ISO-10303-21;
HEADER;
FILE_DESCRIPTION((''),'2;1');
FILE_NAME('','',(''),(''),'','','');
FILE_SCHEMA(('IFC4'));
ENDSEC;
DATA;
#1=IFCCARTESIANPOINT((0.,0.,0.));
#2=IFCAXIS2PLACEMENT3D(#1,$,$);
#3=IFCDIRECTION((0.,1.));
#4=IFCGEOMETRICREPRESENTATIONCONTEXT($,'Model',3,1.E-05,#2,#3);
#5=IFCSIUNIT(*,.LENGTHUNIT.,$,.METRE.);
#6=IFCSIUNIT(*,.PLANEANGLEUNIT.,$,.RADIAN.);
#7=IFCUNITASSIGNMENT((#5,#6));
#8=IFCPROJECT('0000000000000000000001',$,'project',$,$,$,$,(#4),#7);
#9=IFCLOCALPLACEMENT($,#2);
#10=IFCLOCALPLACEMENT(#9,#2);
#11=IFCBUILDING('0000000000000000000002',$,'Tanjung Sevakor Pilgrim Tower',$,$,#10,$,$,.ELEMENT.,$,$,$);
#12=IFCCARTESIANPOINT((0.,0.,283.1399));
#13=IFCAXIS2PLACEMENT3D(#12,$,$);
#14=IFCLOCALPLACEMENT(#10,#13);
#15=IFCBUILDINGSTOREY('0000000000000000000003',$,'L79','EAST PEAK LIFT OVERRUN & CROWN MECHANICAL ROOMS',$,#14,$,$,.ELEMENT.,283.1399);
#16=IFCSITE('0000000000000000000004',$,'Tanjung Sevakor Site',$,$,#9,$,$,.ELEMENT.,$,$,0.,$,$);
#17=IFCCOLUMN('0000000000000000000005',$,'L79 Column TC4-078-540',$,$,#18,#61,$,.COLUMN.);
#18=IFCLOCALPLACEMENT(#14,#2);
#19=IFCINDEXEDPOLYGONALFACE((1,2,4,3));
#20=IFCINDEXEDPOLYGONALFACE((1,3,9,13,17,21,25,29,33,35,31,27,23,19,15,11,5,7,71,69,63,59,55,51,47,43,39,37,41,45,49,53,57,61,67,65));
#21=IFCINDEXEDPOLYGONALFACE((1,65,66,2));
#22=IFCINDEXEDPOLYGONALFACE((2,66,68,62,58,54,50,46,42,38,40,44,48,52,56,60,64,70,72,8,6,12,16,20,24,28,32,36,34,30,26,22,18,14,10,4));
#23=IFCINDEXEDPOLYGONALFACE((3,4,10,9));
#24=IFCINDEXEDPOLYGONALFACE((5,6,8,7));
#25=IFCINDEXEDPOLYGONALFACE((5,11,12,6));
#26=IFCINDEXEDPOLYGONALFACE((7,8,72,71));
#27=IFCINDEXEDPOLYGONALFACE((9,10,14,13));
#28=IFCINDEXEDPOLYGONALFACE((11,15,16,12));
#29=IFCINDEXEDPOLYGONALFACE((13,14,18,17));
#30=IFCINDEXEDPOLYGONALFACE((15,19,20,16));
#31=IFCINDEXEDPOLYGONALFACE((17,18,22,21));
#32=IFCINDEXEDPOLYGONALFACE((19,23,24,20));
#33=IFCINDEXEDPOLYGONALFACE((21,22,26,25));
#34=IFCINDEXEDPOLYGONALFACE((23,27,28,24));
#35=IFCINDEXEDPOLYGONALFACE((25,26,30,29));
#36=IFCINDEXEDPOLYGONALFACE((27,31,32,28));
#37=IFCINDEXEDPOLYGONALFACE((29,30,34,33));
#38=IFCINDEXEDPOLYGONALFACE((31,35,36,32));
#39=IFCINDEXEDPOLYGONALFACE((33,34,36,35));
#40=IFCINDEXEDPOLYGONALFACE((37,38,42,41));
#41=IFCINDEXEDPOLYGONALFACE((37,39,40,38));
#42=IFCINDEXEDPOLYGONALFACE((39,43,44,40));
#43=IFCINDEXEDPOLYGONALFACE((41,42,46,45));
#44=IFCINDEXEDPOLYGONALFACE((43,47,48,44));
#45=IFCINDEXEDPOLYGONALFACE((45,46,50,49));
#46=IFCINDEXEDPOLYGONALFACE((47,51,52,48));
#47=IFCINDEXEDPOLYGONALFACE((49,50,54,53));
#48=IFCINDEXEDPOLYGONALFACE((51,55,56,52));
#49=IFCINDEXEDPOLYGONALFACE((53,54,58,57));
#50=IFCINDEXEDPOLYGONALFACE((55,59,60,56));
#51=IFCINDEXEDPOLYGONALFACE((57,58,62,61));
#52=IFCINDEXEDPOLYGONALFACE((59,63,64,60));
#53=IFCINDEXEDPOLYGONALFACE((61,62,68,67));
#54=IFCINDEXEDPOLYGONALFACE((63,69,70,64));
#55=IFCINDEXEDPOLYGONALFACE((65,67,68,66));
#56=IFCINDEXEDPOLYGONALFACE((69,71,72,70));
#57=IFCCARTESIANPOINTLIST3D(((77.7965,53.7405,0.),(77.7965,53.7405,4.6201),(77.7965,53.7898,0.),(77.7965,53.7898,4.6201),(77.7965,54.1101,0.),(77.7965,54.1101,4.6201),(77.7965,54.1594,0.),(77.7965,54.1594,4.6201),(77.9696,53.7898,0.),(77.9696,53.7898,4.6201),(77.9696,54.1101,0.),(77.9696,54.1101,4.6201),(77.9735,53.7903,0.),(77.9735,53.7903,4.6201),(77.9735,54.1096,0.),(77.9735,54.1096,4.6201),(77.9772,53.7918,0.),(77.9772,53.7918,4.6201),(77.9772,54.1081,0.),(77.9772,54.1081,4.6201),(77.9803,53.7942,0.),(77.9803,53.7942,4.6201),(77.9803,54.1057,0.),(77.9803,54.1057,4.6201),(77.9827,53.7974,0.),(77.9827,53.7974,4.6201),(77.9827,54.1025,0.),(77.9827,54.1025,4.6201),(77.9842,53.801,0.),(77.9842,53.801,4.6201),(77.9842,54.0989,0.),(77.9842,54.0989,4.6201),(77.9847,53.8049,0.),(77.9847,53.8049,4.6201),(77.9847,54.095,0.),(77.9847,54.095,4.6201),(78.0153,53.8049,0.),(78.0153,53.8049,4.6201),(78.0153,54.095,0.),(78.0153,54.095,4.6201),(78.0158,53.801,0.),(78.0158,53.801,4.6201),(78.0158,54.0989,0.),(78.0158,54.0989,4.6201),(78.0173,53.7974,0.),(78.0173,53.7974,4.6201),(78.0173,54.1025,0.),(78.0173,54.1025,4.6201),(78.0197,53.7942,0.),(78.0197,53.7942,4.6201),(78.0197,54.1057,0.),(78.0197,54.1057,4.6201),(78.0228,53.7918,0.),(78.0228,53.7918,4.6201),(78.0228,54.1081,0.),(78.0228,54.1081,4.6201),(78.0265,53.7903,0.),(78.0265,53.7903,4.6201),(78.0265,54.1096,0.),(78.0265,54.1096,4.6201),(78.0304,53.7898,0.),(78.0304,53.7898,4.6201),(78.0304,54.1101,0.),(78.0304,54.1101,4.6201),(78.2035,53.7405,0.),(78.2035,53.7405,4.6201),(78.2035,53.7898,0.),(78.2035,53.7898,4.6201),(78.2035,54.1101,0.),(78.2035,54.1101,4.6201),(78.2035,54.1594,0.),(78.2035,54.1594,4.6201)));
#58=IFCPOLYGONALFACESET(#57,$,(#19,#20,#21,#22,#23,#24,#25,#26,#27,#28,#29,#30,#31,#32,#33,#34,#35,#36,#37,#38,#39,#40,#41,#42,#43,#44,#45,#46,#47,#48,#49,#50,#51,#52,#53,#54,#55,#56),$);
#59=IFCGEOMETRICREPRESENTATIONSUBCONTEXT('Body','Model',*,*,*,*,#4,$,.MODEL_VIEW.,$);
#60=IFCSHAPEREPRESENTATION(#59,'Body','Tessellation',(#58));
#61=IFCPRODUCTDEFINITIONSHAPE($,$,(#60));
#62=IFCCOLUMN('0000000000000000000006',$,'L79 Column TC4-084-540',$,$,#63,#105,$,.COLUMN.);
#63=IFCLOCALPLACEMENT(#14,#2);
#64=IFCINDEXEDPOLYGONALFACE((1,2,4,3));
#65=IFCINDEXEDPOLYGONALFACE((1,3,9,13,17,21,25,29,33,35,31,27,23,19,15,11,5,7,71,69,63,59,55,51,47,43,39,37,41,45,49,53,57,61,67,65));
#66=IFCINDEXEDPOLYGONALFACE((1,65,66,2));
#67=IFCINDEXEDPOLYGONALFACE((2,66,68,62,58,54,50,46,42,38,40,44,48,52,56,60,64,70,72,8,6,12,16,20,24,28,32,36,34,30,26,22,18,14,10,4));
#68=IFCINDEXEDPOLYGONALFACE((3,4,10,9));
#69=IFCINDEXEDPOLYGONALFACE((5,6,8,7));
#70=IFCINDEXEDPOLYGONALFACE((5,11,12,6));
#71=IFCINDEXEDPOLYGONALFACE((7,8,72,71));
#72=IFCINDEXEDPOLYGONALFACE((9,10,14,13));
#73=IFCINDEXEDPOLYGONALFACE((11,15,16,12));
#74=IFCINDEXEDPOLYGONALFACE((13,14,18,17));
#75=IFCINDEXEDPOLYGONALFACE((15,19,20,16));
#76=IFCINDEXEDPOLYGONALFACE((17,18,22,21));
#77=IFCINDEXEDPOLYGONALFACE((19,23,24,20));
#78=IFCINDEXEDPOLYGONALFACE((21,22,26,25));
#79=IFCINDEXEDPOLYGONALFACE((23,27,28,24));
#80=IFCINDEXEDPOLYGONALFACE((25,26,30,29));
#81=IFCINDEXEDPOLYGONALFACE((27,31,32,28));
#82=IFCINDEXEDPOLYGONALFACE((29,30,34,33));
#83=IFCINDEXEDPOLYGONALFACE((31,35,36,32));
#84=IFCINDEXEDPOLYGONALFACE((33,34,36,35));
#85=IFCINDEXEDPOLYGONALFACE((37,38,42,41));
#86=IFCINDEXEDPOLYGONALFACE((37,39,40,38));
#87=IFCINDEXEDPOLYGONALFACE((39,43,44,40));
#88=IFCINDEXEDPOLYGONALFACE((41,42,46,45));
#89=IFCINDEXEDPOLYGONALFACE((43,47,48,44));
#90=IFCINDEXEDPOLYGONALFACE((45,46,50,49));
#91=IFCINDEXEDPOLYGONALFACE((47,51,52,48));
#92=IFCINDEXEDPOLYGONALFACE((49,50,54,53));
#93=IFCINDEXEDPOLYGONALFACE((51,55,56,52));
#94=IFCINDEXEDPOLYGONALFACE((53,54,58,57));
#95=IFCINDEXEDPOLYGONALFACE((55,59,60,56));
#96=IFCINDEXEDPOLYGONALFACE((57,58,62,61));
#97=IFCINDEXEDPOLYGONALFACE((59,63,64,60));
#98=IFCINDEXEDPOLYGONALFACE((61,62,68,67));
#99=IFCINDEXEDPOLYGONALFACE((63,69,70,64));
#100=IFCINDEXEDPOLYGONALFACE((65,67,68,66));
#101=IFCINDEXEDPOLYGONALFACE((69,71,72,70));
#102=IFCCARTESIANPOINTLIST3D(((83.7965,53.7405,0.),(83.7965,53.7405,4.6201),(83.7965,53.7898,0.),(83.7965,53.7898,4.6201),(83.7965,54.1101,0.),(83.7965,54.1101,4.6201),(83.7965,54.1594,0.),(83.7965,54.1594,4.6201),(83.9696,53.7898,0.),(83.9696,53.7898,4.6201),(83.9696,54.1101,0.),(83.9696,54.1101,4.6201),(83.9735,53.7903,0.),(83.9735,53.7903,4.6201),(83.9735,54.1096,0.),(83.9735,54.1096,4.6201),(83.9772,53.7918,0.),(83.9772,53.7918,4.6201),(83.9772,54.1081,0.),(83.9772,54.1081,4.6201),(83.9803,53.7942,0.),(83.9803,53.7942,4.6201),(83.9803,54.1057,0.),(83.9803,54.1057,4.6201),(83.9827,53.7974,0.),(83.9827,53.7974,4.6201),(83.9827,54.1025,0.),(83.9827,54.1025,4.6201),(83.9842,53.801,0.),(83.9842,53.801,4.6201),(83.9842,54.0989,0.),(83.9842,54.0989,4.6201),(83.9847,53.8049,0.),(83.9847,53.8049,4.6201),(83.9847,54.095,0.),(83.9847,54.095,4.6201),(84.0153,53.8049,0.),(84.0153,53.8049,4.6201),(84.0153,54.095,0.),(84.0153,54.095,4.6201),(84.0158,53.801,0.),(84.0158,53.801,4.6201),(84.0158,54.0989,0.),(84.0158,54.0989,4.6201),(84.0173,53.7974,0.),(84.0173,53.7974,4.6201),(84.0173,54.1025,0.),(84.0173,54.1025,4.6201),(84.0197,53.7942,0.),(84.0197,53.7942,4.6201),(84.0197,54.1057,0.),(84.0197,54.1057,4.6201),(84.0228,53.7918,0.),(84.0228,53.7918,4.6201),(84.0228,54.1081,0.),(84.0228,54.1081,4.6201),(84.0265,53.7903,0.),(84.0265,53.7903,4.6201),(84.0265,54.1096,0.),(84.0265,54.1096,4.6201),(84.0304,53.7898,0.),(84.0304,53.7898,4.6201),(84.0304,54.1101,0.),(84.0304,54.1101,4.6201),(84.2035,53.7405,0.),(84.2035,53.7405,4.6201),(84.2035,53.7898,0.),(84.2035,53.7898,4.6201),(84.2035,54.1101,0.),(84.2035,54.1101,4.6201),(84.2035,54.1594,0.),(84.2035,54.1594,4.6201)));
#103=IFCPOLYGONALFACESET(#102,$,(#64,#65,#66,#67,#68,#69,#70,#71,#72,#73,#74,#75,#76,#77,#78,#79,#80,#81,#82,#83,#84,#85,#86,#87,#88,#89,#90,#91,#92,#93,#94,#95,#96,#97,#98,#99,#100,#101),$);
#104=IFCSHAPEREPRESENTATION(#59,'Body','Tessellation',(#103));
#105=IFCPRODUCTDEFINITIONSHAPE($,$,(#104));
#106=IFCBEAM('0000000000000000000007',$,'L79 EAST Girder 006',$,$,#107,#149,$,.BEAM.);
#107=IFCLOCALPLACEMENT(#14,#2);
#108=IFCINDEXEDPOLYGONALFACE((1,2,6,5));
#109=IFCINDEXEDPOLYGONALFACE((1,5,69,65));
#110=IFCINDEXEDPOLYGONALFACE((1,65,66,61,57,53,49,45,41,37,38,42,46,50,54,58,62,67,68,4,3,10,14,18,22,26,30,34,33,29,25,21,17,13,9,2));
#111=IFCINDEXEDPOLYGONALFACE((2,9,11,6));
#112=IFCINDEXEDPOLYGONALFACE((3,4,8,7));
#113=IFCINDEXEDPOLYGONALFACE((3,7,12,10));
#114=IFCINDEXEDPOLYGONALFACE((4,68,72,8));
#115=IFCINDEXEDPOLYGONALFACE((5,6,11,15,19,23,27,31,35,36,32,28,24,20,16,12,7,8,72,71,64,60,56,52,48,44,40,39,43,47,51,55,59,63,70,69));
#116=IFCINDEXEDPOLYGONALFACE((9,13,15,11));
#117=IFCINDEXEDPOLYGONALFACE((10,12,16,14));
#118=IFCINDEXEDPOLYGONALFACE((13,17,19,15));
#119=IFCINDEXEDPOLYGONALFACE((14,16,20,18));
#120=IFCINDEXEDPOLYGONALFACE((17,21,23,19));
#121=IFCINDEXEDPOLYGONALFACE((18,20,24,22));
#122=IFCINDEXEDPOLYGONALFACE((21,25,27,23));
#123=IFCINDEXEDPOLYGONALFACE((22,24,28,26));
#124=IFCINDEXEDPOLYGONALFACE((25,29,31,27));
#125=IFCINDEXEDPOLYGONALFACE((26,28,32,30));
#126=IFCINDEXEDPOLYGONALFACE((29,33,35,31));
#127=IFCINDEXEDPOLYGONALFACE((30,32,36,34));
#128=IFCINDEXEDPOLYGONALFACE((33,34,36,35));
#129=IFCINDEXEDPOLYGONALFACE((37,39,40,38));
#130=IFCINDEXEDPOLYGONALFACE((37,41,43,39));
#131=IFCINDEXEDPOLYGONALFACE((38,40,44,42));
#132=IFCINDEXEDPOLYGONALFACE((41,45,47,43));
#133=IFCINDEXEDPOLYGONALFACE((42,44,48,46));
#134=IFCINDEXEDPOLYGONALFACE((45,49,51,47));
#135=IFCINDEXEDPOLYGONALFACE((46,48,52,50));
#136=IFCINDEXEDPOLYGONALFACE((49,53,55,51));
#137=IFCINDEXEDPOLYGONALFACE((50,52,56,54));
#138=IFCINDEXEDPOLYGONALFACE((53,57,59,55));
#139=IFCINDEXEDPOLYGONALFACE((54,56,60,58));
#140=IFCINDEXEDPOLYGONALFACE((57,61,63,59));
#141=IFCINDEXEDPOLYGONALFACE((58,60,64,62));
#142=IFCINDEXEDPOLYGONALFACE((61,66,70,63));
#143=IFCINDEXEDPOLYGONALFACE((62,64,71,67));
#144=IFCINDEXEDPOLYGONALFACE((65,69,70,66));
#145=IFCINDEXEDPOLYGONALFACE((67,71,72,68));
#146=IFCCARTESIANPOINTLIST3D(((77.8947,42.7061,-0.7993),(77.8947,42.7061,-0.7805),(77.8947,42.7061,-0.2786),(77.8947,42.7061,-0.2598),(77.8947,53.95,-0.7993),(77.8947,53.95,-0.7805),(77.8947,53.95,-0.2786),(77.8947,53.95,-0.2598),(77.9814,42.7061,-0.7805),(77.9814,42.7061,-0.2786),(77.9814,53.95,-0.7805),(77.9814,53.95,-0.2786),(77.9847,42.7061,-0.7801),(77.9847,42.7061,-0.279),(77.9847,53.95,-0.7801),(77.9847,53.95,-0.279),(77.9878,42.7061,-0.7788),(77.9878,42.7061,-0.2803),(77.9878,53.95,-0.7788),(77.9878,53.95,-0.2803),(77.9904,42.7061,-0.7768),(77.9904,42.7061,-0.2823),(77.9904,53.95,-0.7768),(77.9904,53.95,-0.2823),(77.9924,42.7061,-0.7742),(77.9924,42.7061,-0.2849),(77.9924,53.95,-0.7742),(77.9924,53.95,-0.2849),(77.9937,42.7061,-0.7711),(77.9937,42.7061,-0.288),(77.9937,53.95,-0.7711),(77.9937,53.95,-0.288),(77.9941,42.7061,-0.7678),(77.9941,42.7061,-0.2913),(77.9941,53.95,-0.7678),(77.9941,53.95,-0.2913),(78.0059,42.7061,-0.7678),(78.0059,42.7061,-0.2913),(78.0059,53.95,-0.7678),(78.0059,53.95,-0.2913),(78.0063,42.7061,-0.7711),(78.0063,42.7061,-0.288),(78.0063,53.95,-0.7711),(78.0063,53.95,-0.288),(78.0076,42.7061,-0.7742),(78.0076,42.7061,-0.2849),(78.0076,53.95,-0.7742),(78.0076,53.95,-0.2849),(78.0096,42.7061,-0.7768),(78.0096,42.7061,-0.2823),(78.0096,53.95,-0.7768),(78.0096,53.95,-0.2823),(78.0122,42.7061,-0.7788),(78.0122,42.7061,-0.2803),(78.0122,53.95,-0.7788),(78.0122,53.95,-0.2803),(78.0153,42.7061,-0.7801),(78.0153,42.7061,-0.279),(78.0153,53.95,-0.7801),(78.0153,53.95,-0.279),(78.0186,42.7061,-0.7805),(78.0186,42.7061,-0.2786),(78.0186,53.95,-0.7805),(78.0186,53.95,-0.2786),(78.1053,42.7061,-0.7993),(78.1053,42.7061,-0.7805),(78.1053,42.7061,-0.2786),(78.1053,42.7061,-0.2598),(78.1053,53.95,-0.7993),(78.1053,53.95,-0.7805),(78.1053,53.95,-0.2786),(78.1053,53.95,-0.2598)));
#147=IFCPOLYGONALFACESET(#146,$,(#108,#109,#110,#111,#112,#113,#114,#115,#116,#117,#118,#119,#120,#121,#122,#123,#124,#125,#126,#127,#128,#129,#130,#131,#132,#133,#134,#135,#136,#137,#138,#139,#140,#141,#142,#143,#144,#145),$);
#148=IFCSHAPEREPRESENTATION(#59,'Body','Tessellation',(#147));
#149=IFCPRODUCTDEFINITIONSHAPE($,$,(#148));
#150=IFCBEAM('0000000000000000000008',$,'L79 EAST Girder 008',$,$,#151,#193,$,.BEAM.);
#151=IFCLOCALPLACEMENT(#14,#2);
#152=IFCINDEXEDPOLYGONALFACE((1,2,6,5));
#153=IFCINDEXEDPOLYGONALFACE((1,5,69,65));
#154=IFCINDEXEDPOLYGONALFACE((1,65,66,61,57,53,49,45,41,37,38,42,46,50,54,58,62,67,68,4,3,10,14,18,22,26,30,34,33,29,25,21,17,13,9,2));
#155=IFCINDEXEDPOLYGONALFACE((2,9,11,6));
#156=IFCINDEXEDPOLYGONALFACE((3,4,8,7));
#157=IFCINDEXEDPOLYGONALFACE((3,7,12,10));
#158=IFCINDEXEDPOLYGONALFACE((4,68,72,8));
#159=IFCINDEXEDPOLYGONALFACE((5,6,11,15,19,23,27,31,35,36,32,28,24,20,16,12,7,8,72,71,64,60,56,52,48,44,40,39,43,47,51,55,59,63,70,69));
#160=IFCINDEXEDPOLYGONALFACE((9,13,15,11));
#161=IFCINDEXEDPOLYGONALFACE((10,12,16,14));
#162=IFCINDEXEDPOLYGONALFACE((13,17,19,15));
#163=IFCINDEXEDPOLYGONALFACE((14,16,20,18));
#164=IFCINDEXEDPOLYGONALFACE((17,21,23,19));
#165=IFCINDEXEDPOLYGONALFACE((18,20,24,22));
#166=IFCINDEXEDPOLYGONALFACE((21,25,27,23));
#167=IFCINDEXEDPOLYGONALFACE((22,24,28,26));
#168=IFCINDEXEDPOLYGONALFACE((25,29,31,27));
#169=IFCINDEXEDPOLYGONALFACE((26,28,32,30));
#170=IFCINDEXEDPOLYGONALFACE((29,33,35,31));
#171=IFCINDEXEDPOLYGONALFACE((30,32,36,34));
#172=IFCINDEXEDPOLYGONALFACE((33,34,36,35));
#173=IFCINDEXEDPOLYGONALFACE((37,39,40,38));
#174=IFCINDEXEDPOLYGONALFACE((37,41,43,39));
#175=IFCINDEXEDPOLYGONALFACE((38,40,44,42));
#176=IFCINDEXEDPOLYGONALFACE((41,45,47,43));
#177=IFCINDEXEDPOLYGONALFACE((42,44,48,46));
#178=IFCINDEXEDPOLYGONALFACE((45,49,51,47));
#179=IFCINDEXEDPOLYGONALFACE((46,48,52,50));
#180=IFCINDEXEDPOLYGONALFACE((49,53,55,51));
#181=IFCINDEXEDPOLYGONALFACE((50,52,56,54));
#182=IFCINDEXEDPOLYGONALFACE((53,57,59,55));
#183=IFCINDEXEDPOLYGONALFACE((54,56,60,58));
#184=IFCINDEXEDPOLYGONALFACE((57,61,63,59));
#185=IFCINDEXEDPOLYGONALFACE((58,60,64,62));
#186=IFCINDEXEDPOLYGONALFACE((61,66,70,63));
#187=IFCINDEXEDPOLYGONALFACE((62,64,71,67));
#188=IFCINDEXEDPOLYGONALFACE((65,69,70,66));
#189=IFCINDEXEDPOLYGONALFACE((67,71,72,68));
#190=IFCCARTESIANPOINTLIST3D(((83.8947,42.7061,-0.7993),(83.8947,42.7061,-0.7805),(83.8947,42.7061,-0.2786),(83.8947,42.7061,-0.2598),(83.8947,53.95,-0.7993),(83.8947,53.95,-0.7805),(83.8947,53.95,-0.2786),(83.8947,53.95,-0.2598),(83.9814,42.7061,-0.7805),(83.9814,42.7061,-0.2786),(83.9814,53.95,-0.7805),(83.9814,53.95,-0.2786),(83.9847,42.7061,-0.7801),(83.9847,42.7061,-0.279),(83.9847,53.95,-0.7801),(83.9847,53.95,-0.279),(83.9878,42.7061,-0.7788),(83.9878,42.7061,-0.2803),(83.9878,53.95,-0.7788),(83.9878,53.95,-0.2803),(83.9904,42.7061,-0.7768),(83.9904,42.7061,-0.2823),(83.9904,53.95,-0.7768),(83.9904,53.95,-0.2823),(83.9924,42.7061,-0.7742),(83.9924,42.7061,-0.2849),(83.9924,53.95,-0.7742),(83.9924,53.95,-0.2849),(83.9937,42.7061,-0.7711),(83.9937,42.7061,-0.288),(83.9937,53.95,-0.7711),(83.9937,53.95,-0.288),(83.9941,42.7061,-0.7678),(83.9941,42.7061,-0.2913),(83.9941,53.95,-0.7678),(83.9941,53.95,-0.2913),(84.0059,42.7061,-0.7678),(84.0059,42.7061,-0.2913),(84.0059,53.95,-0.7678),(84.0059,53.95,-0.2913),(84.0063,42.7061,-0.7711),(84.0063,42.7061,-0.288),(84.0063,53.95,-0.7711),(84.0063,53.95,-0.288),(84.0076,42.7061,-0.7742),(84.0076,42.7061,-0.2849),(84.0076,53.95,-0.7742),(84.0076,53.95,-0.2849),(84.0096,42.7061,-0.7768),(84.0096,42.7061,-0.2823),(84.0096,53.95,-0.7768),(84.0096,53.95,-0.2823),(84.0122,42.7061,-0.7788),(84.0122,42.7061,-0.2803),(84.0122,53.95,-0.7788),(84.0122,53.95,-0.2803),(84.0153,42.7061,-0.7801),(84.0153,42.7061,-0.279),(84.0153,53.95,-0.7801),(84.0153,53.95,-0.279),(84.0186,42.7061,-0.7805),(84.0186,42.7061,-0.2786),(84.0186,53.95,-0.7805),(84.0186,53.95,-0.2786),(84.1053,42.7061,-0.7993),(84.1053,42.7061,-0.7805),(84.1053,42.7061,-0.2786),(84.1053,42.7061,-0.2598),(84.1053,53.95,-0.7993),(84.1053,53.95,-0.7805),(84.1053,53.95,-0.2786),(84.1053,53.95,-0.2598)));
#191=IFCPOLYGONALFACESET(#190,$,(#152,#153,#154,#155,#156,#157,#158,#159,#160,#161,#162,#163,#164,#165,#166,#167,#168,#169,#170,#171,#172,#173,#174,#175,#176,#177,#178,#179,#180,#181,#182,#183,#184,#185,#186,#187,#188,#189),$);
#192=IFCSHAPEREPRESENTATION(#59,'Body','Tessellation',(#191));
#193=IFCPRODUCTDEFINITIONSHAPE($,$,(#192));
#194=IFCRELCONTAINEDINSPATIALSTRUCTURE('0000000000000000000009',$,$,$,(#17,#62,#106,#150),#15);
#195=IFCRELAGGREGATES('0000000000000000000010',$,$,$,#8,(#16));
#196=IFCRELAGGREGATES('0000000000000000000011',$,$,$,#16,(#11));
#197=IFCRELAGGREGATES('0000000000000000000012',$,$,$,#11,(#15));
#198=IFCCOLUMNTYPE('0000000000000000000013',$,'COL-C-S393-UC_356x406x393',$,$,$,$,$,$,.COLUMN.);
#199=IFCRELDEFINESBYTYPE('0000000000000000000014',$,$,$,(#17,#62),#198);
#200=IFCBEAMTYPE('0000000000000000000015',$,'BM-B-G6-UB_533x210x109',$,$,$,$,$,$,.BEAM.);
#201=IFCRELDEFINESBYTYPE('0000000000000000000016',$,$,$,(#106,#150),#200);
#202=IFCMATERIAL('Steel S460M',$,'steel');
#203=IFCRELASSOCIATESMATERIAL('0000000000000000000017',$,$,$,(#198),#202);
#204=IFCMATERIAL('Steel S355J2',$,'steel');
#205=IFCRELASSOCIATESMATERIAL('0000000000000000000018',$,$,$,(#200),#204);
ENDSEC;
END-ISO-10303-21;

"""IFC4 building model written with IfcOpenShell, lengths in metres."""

from ifc_helpers import new_model, si_unit, direction, frame, origin, origin_2d, place, context, subcontext, project, spatial, i_section, extrude, material, material_profile, profile_set, type_object, element, save


model = new_model("IFC4")

# Units and contexts
model_context = context("Model", 3, precision=1e-05, world=origin(), true_north=direction((0.0, 1.0)))
body_context = subcontext(model_context, "Body", "Model", "MODEL_VIEW")
ifc_project = project(units=[si_unit("LENGTHUNIT", "METRE"), si_unit("PLANEANGLEUNIT", "RADIAN")], contexts=[model_context])

# Site, building, storey
site_placement = place(None, origin())
site = spatial("IfcSite", under=ifc_project, at=site_placement, Name="Tanjung Sevakor Site", CompositionType="ELEMENT", RefElevation=0.0)
building_placement = place(site_placement, origin())
building = spatial("IfcBuilding", under=site, at=building_placement, Name="Tanjung Sevakor Pilgrim Tower", CompositionType="ELEMENT")
storey_placement = place(building_placement, frame((0.0, 0.0, 283.1399)))
storey = spatial("IfcBuildingStorey", under=building, at=storey_placement, Name="L79", Description="EAST PEAK LIFT OVERRUN & CROWN MECHANICAL ROOMS", CompositionType="ELEMENT", Elevation=283.1399)

# Columns
ifc_material_1 = material(Name="Steel S460M", Category="steel")
ifc_material_profile_1 = material_profile(ifc_material_1, i_section(OverallWidth=0.407, OverallDepth=0.4189, WebThickness=0.0305, FlangeThickness=0.0493, FilletRadius=0.0151, at=origin_2d()))
ifc_profile_set_1 = profile_set([ifc_material_profile_1], Name="Steel S460M")
column_type = type_object("IfcColumnType", Name="COL-C-S393-UC_356x406x393", PredefinedType="COLUMN", material=ifc_profile_set_1)
for number, where, z_axis, x_axis, name in (
    (1, (78.0, 53.95, 0.0), (0.0, 0.0, 1.0), (1.0, 0.0, 0.0), "L79 Column TC4-078-540"),
    (2, (84.0, 53.95, 0.0), (0.0, 0.0, 1.0), (1.0, 0.0, 0.0), "L79 Column TC4-084-540"),
):
    element("IfcColumn", number, at=place(storey_placement, frame(where, z_axis=z_axis, x_axis=x_axis)), inside=storey, type_object=column_type, Name=name, PredefinedType="COLUMN", context=body_context, shape_type="SweptSolid", body=[
        extrude(i_section(OverallWidth=0.407, OverallDepth=0.4189, WebThickness=0.0305, FlangeThickness=0.0493, FilletRadius=0.0151, at=origin_2d()), origin(), (0.0, 0.0, 1.0), 4.6201),
    ])

# Beams
ifc_material_2 = material(Name="Steel S355J2", Category="steel")
ifc_material_profile_2 = material_profile(ifc_material_2, i_section(OverallWidth=0.2107, OverallDepth=0.5396, WebThickness=0.0117, FlangeThickness=0.0188, FilletRadius=0.0127, at=origin_2d()))
ifc_profile_set_2 = profile_set([ifc_material_profile_2], Name="Steel S355J2")
beam_type_1 = type_object("IfcBeamType", Name="BM-B-G6-UB_533x210x109", PredefinedType="BEAM", material=ifc_profile_set_2)
for number, where, z_axis, x_axis, name in (
    (3, (78.0, 42.7061, -0.5295), (0.0, 1.0, 0.0), (-1.0, 0.0, 0.0), "L79 EAST Girder 006"),
    (4, (84.0, 42.7061, -0.5295), (0.0, 1.0, 0.0), (-1.0, 0.0, 0.0), "L79 EAST Girder 008"),
):
    element("IfcBeam", number, at=place(storey_placement, frame(where, z_axis=z_axis, x_axis=x_axis)), inside=storey, type_object=beam_type_1, Name=name, PredefinedType="BEAM", context=body_context, shape_type="SweptSolid", body=[
        extrude(i_section(OverallWidth=0.2107, OverallDepth=0.5396, WebThickness=0.0117, FlangeThickness=0.0188, FilletRadius=0.0127, at=origin_2d()), origin(), (0.0, 0.0, 1.0), 11.2439),
    ])

save(model, "model.ifc")
